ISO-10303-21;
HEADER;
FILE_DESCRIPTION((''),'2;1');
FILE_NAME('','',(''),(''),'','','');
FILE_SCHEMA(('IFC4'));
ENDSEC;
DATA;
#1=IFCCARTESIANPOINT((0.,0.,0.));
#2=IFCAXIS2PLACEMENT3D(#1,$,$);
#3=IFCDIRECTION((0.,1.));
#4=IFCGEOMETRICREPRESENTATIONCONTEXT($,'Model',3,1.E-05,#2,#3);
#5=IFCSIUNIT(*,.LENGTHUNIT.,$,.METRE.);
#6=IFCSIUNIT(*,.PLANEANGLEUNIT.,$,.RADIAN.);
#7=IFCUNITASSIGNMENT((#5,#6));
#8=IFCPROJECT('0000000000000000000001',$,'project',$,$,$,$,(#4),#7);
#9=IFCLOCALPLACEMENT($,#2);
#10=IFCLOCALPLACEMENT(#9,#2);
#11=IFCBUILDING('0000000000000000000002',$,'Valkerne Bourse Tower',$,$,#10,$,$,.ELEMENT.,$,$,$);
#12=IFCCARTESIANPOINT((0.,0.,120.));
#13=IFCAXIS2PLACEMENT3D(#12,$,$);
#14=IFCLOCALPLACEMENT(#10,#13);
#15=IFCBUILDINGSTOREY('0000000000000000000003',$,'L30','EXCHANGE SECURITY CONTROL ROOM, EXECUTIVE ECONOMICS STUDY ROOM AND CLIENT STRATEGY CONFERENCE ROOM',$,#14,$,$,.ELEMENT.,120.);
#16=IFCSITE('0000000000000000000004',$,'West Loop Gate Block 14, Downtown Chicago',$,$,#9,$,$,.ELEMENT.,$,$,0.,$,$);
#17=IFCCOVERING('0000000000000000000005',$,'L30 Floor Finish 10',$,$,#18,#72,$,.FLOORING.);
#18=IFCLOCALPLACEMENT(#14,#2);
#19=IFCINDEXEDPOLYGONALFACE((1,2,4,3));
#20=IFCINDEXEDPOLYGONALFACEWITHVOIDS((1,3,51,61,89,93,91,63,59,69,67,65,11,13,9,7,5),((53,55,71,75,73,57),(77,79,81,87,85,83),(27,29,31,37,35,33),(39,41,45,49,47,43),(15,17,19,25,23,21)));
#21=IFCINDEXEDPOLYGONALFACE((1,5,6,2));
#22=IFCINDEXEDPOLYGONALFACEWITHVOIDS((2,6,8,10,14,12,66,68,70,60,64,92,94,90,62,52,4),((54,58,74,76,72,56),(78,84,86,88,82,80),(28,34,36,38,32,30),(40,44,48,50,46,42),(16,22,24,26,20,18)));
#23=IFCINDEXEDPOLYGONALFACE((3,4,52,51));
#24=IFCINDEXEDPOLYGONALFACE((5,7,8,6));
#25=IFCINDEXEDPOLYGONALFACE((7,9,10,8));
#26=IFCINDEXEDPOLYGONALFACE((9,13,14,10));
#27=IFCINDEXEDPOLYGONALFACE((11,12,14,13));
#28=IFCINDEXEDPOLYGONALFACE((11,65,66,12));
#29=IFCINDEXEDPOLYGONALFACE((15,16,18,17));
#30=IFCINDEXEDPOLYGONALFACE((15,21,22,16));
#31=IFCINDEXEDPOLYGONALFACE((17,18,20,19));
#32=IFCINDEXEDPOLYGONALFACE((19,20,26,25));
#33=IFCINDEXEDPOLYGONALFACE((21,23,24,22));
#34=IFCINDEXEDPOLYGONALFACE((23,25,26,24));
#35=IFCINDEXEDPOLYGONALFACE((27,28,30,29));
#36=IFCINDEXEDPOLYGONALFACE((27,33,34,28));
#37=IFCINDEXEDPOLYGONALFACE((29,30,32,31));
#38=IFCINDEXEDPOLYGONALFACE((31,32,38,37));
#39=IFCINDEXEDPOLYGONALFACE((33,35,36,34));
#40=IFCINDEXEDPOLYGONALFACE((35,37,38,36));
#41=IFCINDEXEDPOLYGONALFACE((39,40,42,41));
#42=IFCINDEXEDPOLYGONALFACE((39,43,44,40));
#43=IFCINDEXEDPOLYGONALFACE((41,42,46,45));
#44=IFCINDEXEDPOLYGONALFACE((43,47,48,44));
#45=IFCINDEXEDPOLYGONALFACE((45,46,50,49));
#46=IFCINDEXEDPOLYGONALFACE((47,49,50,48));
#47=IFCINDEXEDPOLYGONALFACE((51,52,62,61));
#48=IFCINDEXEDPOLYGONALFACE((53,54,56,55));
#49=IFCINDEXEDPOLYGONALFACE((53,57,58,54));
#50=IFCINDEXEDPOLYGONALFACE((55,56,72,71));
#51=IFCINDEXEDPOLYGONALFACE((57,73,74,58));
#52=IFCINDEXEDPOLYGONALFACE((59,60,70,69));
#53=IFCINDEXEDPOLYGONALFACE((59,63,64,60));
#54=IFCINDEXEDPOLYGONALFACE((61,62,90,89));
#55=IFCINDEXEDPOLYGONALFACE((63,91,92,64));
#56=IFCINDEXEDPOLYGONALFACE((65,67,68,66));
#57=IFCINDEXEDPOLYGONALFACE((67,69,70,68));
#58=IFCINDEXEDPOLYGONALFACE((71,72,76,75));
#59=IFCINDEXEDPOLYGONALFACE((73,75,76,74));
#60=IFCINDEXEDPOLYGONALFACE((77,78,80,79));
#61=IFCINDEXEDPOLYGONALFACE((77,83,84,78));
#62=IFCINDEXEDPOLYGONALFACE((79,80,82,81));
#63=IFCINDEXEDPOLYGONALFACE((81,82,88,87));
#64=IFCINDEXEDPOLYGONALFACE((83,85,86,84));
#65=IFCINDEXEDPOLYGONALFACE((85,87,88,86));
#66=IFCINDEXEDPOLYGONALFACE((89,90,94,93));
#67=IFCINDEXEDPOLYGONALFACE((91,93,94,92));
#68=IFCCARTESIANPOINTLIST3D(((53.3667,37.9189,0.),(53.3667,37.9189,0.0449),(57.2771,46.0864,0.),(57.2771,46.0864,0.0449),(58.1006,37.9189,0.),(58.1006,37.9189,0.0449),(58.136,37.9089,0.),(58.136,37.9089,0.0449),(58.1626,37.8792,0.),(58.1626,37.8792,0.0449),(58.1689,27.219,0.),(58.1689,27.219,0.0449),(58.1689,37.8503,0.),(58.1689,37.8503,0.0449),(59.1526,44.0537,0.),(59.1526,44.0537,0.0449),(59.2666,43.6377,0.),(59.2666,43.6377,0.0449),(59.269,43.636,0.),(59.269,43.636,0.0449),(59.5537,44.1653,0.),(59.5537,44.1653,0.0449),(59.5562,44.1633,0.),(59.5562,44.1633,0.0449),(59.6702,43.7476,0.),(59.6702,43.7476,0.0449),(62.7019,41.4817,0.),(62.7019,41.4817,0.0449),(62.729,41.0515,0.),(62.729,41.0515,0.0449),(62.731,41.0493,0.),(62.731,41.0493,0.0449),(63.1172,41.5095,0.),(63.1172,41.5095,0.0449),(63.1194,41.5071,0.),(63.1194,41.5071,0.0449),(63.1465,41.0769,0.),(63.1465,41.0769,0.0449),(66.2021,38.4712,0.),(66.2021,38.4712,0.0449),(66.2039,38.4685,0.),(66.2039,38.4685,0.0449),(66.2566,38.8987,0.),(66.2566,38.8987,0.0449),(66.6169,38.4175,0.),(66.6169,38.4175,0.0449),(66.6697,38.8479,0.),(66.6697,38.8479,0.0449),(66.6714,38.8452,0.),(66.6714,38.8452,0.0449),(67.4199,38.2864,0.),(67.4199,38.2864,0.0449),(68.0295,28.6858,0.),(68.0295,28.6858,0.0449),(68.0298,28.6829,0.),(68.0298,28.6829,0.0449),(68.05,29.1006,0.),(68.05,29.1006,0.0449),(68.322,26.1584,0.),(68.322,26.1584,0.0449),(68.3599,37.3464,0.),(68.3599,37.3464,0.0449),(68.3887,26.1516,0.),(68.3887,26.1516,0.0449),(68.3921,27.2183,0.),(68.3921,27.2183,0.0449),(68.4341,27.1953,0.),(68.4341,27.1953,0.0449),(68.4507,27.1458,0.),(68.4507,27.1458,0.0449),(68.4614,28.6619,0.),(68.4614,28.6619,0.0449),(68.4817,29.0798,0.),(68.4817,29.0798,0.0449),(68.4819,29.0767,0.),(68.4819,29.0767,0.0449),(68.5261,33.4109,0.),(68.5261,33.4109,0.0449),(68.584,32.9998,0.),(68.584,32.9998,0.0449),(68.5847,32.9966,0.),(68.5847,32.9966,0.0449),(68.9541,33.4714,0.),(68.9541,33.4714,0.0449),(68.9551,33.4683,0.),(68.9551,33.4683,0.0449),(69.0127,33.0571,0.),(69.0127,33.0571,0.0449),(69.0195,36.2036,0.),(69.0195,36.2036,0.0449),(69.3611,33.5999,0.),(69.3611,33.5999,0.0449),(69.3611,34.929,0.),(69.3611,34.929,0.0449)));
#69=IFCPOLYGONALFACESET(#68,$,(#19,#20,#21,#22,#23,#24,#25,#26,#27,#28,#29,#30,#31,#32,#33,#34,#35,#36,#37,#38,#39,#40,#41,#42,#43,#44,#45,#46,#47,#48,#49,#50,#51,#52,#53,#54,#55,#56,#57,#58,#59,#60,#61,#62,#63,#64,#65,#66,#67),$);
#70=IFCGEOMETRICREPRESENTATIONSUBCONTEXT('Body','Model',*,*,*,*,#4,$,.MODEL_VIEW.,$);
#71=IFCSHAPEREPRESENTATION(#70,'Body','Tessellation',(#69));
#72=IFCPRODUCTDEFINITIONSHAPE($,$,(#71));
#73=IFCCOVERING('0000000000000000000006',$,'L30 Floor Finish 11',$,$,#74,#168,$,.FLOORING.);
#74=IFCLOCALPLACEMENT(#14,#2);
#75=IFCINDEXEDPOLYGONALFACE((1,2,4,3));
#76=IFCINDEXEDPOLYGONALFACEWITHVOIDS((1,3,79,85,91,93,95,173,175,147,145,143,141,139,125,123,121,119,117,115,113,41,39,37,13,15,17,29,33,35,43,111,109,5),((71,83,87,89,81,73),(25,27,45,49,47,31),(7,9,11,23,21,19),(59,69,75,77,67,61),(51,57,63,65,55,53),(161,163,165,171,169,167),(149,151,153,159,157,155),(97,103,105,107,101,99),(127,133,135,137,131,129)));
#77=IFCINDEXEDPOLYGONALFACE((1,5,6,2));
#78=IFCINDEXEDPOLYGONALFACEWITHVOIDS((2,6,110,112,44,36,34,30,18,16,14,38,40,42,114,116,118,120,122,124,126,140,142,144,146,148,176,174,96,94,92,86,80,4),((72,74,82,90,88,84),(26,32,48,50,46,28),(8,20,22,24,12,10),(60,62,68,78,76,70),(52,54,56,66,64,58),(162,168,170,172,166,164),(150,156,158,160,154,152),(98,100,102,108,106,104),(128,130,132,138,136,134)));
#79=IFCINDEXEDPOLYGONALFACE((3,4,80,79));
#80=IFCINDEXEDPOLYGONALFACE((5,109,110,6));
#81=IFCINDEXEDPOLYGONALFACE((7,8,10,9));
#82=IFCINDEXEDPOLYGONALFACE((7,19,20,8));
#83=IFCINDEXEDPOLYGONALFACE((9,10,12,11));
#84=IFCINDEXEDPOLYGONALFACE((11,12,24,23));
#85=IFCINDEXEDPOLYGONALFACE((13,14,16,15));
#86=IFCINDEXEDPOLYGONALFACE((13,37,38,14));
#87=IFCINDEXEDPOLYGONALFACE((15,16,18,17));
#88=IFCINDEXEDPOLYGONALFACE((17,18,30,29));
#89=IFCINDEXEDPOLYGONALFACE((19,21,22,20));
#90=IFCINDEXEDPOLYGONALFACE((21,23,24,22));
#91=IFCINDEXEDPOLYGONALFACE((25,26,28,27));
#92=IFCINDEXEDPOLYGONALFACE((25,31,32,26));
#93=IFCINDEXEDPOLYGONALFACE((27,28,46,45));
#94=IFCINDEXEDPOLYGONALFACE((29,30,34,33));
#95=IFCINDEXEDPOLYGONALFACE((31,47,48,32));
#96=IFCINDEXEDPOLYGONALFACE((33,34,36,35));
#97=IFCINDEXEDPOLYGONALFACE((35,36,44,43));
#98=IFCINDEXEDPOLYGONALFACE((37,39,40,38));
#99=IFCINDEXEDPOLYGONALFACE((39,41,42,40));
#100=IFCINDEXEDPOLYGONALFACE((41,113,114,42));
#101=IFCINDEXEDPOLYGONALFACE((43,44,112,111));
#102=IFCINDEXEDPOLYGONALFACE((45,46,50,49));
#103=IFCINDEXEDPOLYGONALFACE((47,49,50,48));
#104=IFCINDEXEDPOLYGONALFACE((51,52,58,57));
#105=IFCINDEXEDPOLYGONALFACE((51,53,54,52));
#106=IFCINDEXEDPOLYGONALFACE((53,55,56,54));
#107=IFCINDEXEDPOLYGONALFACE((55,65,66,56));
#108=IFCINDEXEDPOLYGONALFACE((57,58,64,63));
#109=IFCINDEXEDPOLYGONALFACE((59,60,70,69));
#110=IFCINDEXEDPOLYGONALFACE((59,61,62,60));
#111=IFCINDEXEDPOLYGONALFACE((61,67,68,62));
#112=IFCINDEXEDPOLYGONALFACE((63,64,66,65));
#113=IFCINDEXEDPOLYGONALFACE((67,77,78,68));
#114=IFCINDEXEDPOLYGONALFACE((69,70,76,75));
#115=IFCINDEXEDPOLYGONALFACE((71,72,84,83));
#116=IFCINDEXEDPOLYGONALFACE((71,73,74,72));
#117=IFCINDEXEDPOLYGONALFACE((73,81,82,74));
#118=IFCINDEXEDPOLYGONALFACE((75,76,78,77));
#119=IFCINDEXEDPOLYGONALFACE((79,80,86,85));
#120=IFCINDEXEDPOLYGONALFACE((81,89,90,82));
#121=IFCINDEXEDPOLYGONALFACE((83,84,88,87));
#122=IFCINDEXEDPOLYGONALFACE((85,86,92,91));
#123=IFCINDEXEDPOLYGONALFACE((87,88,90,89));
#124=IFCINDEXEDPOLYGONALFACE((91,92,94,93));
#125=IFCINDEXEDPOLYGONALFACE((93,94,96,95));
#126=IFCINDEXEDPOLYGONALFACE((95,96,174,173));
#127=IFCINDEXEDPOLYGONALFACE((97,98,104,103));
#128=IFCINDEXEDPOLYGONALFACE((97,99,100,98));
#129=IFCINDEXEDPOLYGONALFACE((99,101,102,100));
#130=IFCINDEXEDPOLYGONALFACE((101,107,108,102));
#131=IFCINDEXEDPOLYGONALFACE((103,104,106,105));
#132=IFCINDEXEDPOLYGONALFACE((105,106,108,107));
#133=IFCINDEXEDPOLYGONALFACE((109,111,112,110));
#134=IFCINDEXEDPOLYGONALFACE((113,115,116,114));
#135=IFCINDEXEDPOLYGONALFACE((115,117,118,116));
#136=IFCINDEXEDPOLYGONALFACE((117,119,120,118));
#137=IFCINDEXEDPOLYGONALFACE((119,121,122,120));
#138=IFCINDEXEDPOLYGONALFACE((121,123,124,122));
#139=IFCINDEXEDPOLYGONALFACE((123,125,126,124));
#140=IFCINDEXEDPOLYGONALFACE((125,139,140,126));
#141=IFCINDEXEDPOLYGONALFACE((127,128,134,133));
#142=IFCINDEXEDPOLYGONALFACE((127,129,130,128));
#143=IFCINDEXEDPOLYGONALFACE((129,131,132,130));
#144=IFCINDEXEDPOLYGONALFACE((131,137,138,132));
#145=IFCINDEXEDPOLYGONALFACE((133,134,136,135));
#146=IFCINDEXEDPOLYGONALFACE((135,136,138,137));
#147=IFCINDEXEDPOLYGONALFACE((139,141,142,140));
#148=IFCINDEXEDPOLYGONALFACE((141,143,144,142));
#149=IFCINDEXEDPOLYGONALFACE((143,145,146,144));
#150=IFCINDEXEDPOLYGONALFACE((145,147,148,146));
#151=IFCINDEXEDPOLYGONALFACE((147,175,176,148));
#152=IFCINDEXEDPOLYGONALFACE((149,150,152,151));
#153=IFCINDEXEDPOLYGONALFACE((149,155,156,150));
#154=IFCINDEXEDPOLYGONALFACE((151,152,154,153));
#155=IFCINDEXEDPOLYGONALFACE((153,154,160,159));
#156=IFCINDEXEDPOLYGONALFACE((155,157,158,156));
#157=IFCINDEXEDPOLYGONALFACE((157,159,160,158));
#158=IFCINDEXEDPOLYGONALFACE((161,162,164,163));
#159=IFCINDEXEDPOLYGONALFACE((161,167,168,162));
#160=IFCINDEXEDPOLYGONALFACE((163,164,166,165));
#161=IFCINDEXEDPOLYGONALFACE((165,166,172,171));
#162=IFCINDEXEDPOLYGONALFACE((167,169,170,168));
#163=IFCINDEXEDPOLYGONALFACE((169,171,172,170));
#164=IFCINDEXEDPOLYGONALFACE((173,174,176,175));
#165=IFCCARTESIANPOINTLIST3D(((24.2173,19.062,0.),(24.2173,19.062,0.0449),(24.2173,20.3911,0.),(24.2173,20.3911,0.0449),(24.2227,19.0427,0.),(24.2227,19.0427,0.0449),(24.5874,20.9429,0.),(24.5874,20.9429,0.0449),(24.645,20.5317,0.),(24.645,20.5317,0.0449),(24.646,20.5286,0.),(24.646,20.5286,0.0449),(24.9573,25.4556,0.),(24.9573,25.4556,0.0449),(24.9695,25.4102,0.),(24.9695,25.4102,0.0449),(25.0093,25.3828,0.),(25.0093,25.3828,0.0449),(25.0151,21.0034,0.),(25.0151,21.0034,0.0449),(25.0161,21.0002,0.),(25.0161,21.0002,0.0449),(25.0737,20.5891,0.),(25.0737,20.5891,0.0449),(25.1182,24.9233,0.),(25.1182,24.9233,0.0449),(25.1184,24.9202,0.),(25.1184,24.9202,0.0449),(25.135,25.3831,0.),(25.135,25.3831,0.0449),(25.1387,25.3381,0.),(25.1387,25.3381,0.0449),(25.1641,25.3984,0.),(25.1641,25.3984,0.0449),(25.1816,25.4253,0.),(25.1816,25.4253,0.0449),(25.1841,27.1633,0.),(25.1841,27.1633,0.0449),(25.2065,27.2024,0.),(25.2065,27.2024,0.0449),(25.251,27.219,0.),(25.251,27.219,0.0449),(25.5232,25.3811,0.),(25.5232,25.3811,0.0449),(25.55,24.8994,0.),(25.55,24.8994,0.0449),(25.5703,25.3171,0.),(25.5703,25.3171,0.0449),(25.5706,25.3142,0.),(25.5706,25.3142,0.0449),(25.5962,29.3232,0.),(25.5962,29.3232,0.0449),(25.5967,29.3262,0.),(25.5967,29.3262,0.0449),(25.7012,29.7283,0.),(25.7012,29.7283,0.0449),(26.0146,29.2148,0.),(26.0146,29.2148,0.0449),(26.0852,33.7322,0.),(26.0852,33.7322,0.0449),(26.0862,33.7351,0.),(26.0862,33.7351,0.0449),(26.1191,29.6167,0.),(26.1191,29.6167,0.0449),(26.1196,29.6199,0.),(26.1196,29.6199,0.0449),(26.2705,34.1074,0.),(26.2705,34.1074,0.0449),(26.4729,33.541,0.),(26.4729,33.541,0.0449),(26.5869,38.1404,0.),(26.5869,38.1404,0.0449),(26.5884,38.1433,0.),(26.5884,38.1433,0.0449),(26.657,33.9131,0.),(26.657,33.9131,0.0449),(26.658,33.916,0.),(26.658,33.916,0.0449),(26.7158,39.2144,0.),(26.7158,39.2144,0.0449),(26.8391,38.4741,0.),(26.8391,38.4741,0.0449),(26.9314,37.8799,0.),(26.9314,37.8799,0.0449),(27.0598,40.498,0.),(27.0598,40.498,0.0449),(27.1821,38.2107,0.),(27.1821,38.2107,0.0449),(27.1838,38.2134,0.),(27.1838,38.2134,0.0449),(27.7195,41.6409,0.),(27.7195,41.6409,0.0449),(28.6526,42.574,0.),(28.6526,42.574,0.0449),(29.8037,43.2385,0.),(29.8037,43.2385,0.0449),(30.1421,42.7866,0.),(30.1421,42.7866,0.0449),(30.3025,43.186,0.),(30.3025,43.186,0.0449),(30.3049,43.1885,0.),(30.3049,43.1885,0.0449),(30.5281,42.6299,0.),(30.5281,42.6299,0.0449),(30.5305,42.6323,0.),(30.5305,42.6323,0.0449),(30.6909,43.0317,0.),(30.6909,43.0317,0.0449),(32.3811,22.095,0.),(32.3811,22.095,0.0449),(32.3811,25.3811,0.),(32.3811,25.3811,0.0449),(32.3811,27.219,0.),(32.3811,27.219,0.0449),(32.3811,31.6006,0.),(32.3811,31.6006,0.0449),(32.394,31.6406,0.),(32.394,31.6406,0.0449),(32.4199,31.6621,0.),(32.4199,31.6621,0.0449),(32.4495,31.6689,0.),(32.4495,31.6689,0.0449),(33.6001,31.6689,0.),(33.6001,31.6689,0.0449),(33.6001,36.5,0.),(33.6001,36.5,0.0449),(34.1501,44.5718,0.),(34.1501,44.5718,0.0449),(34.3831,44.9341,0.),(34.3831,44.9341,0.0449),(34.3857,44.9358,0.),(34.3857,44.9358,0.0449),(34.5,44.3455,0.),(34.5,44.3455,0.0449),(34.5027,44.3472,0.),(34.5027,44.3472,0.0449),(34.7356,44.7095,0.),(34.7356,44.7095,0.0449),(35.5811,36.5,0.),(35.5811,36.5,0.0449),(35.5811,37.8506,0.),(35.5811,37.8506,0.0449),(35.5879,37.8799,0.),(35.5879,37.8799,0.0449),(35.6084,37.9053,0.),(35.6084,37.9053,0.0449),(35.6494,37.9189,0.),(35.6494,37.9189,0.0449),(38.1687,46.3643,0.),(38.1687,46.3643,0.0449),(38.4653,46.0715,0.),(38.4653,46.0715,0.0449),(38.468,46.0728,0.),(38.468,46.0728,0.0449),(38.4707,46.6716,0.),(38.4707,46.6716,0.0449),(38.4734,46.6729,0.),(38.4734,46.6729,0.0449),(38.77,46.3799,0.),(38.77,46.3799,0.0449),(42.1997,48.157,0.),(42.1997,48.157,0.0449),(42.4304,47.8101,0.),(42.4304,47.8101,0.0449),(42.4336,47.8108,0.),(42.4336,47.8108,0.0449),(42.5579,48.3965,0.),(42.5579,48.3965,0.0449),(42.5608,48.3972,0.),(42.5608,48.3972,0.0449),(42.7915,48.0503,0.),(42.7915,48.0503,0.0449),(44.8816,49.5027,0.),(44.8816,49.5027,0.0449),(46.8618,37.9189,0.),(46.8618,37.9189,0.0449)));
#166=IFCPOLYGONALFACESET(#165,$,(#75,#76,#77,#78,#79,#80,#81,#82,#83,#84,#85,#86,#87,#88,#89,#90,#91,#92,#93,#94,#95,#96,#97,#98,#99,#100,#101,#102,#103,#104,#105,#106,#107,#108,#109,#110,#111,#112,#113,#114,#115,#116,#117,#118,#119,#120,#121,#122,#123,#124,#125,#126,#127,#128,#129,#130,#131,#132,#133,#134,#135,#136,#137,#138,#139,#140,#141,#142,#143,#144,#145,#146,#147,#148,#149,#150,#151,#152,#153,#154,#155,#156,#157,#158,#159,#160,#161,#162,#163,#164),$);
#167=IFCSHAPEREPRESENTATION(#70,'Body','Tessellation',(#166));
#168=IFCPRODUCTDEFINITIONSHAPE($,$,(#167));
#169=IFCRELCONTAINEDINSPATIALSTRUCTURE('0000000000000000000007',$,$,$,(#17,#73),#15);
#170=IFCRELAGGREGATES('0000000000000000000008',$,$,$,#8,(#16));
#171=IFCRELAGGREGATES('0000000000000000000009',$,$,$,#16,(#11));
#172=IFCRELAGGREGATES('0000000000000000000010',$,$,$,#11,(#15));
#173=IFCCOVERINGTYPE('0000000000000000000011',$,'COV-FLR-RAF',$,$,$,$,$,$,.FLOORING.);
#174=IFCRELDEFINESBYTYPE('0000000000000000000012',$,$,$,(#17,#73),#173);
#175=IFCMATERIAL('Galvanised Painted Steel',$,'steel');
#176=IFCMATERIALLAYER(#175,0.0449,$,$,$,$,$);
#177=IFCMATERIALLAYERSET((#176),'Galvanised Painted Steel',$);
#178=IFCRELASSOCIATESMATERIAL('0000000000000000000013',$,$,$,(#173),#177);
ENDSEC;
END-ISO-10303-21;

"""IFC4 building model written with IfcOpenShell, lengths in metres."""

from ifc_helpers import new_model, si_unit, direction, frame, origin, place, context, subcontext, project, spatial, polyline, outline, extrude, material, layer, layer_set, type_object, element, save


model = new_model("IFC4")

# Units and contexts
model_context = context("Model", 3, precision=1e-05, world=origin(), true_north=direction((0.0, 1.0)))
body_context = subcontext(model_context, "Body", "Model", "MODEL_VIEW")
ifc_project = project(units=[si_unit("LENGTHUNIT", "METRE"), si_unit("PLANEANGLEUNIT", "RADIAN")], contexts=[model_context])

# Site, building, storey
site_placement = place(None, origin())
site = spatial("IfcSite", under=ifc_project, at=site_placement, Name="West Loop Gate Block 14, Downtown Chicago", CompositionType="ELEMENT", RefElevation=0.0)
building_placement = place(site_placement, origin())
building = spatial("IfcBuilding", under=site, at=building_placement, Name="Valkerne Bourse Tower", CompositionType="ELEMENT")
storey_placement = place(building_placement, frame((0.0, 0.0, 120.0)))
storey = spatial("IfcBuildingStorey", under=building, at=storey_placement, Name="L30", Description="EXCHANGE SECURITY CONTROL ROOM, EXECUTIVE ECONOMICS STUDY ROOM AND CLIENT STRATEGY CONFERENCE ROOM", CompositionType="ELEMENT", Elevation=120.0)

# Coverings
ifc_material_1 = material(Name="Galvanised Painted Steel", Category="steel")
ifc_layer_1 = layer(ifc_material_1, 0.0449)
ifc_layer_set_1 = layer_set([ifc_layer_1], Name="Galvanised Painted Steel")
covering_type_1 = type_object("IfcCoveringType", Name="COV-FLR-RAF", PredefinedType="FLOORING", material=ifc_layer_set_1)
covering_1_placement = place(storey_placement, origin())
element("IfcCovering", 1, at=covering_1_placement, inside=storey, type_object=covering_type_1, Name="L30 Floor Finish 10", PredefinedType="FLOORING", context=body_context, shape_type="SweptSolid", body=[
    extrude(outline(polyline([(69.0195, 36.2036), (69.3611, 34.929), (69.3611, 33.5999), (68.3887, 26.1516), (68.322, 26.1584), (68.4507, 27.1458), (68.4341, 27.1953), (68.3921, 27.2183), (58.1689, 27.219), (58.1689, 37.8503), (58.1626, 37.8792), (58.136, 37.9089), (58.1006, 37.9189), (53.3667, 37.9189), (57.2771, 46.0864), (67.4199, 38.2864), (68.3599, 37.3464), (69.0195, 36.2036)]), holes=[polyline([(68.4819, 29.0767), (68.4817, 29.0798), (68.05, 29.1006), (68.0295, 28.6858), (68.0298, 28.6829), (68.4614, 28.6619), (68.4819, 29.0767)]), polyline([(68.9551, 33.4683), (68.9541, 33.4714), (68.5261, 33.4109), (68.584, 32.9998), (68.5847, 32.9966), (69.0127, 33.0571), (68.9551, 33.4683)]), polyline([(66.6714, 38.8452), (66.6697, 38.8479), (66.2566, 38.8987), (66.2021, 38.4712), (66.2039, 38.4685), (66.6169, 38.4175), (66.6714, 38.8452)]), polyline([(63.1465, 41.0769), (63.1194, 41.5071), (63.1172, 41.5095), (62.7019, 41.4817), (62.729, 41.0515), (62.731, 41.0493), (63.1465, 41.0769)]), polyline([(59.5562, 44.1633), (59.5537, 44.1653), (59.1526, 44.0537), (59.2666, 43.6377), (59.269, 43.636), (59.6702, 43.7476), (59.5562, 44.1633)])]), origin(), (0.0, 0.0, 1.0), 0.0449),
])
covering_2_placement = place(storey_placement, origin())
element("IfcCovering", 2, at=covering_2_placement, inside=storey, type_object=covering_type_1, Name="L30 Floor Finish 11", PredefinedType="FLOORING", context=body_context, shape_type="SweptSolid", body=[
    extrude(outline(polyline([(26.7158, 39.2144), (27.0598, 40.498), (27.7195, 41.6409), (28.6526, 42.574), (29.8037, 43.2385), (44.8816, 49.5027), (46.8618, 37.9189), (35.6494, 37.9189), (35.6084, 37.9053), (35.5879, 37.8799), (35.5811, 37.8506), (35.5811, 36.5), (33.6001, 36.5), (33.6001, 31.6689), (32.4495, 31.6689), (32.4199, 31.6621), (32.394, 31.6406), (32.3811, 31.6006), (32.3811, 27.219), (25.251, 27.219), (25.2065, 27.2024), (25.1841, 27.1633), (24.9573, 25.4556), (24.9695, 25.4102), (25.0093, 25.3828), (25.135, 25.3831), (25.1641, 25.3984), (25.1816, 25.4253), (25.5232, 25.3811), (32.3811, 25.3811), (32.3811, 22.095), (24.2227, 19.0427), (24.2173, 19.062), (24.2173, 20.3911), (26.7158, 39.2144)]), holes=[polyline([(25.0161, 21.0002), (25.0151, 21.0034), (24.5874, 20.9429), (24.645, 20.5317), (24.646, 20.5286), (25.0737, 20.5891), (25.0161, 21.0002)]), polyline([(25.5703, 25.3171), (25.1387, 25.3381), (25.1182, 24.9233), (25.1184, 24.9202), (25.55, 24.8994), (25.5706, 25.3142), (25.5703, 25.3171)]), polyline([(26.1191, 29.6167), (26.1196, 29.6199), (25.7012, 29.7283), (25.5967, 29.3262), (25.5962, 29.3232), (26.0146, 29.2148), (26.1191, 29.6167)]), polyline([(26.658, 33.916), (26.2705, 34.1074), (26.0862, 33.7351), (26.0852, 33.7322), (26.4729, 33.541), (26.657, 33.9131), (26.658, 33.916)]), polyline([(27.1838, 38.2134), (26.8391, 38.4741), (26.5884, 38.1433), (26.5869, 38.1404), (26.9314, 37.8799), (27.1821, 38.2107), (27.1838, 38.2134)]), polyline([(30.6909, 43.0317), (30.3049, 43.1885), (30.3025, 43.186), (30.1421, 42.7866), (30.5281, 42.6299), (30.5305, 42.6323), (30.6909, 43.0317)]), polyline([(34.5027, 44.3472), (34.7356, 44.7095), (34.3857, 44.9358), (34.3831, 44.9341), (34.1501, 44.5718), (34.5, 44.3455), (34.5027, 44.3472)]), polyline([(38.468, 46.0728), (38.77, 46.3799), (38.4734, 46.6729), (38.4707, 46.6716), (38.1687, 46.3643), (38.4653, 46.0715), (38.468, 46.0728)]), polyline([(42.7915, 48.0503), (42.5608, 48.3972), (42.5579, 48.3965), (42.1997, 48.157), (42.4304, 47.8101), (42.4336, 47.8108), (42.7915, 48.0503)])]), origin(), (0.0, 0.0, 1.0), 0.0449),
])

save(model, "model.ifc")
